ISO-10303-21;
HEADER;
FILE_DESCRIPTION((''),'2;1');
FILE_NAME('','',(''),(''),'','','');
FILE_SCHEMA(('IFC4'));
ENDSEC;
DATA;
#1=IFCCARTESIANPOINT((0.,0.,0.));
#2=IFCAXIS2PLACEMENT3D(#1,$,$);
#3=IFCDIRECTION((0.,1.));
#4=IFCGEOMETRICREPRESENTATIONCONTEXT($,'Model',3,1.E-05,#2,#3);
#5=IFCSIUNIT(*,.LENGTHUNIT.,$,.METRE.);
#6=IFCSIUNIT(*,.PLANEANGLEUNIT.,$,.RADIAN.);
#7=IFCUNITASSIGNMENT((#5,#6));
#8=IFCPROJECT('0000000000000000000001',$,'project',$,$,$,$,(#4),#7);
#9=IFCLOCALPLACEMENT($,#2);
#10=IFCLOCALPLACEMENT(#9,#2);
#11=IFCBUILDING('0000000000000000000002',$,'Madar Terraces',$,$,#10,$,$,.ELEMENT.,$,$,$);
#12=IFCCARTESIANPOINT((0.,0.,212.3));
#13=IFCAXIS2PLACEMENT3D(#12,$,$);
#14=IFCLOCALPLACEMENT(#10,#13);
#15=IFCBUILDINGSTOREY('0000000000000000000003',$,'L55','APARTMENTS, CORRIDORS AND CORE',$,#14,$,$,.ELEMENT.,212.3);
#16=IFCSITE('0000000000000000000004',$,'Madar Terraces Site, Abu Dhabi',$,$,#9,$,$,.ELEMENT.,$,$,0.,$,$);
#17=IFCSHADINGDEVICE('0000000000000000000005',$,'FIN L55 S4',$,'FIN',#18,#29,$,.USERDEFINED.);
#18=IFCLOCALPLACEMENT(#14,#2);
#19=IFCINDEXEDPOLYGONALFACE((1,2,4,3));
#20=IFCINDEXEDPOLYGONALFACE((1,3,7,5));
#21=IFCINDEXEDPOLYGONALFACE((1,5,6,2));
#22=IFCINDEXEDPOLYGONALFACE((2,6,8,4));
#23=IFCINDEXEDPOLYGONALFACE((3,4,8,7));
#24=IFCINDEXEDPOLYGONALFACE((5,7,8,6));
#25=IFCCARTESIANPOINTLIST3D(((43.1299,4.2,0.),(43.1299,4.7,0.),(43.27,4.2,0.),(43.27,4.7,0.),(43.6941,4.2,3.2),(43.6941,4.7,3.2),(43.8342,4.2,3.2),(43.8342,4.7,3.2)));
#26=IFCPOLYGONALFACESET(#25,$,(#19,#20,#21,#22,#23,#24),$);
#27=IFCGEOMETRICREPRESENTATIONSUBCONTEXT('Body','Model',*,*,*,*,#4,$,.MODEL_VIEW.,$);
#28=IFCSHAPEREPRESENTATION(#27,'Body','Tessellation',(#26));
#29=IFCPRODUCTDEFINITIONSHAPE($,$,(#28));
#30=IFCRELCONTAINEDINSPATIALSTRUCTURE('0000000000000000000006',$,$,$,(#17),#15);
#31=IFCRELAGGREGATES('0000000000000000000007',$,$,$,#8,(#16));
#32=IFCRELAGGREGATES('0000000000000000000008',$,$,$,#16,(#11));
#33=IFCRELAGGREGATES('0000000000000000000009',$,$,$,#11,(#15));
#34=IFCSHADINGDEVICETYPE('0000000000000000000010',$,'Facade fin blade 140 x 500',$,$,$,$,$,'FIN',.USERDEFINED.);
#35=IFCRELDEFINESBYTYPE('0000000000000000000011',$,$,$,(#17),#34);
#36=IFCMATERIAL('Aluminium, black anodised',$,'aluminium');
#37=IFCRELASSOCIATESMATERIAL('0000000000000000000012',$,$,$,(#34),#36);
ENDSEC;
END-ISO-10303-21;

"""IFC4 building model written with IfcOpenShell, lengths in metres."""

from ifc_helpers import new_model, si_unit, direction, frame, origin, place, context, subcontext, project, spatial, polyline, outline, extrude, material, type_object, element, save


model = new_model("IFC4")

# Units and contexts
model_context = context("Model", 3, precision=1e-05, world=origin(), true_north=direction((0.0, 1.0)))
body_context = subcontext(model_context, "Body", "Model", "MODEL_VIEW")
ifc_project = project(units=[si_unit("LENGTHUNIT", "METRE"), si_unit("PLANEANGLEUNIT", "RADIAN")], contexts=[model_context])

# Site, building, storey
site_placement = place(None, origin())
site = spatial("IfcSite", under=ifc_project, at=site_placement, Name="Madar Terraces Site, Abu Dhabi", CompositionType="ELEMENT", RefElevation=0.0)
building_placement = place(site_placement, origin())
building = spatial("IfcBuilding", under=site, at=building_placement, Name="Madar Terraces", CompositionType="ELEMENT")
storey_placement = place(building_placement, frame((0.0, 0.0, 212.3)))
storey = spatial("IfcBuildingStorey", under=building, at=storey_placement, Name="L55", Description="APARTMENTS, CORRIDORS AND CORE", CompositionType="ELEMENT", Elevation=212.3)

# Shading device
ifc_material_1 = material(Name="Aluminium, black anodised", Category="aluminium")
shading_device_type = type_object("IfcShadingDeviceType", Name="Facade fin blade 140 x 500", ElementType="FIN", PredefinedType="USERDEFINED", material=ifc_material_1)
shading_device_1_placement = place(storey_placement, frame((43.1299, 4.45, 0.0), z_axis=(0.0, 0.0, 1.0), x_axis=(1.0, 0.0, 0.0)))
element("IfcShadingDevice", 1, at=shading_device_1_placement, inside=storey, type_object=shading_device_type, Name="FIN L55 S4", ObjectType="FIN", PredefinedType="USERDEFINED", context=body_context, shape_type="SweptSolid", body=[
    extrude(outline(polyline([(0.0, 0.0), (0.1401, 0.0), (0.7043, 3.2), (0.5642, 3.2), (0.0, 0.0)])), frame((0.0, 0.25, 0.0), z_axis=(0.0, -1.0, 0.0), x_axis=(1.0, 0.0, 0.0)), (0.0, 0.0, 1.0), 0.5),
])

save(model, "model.ifc")
